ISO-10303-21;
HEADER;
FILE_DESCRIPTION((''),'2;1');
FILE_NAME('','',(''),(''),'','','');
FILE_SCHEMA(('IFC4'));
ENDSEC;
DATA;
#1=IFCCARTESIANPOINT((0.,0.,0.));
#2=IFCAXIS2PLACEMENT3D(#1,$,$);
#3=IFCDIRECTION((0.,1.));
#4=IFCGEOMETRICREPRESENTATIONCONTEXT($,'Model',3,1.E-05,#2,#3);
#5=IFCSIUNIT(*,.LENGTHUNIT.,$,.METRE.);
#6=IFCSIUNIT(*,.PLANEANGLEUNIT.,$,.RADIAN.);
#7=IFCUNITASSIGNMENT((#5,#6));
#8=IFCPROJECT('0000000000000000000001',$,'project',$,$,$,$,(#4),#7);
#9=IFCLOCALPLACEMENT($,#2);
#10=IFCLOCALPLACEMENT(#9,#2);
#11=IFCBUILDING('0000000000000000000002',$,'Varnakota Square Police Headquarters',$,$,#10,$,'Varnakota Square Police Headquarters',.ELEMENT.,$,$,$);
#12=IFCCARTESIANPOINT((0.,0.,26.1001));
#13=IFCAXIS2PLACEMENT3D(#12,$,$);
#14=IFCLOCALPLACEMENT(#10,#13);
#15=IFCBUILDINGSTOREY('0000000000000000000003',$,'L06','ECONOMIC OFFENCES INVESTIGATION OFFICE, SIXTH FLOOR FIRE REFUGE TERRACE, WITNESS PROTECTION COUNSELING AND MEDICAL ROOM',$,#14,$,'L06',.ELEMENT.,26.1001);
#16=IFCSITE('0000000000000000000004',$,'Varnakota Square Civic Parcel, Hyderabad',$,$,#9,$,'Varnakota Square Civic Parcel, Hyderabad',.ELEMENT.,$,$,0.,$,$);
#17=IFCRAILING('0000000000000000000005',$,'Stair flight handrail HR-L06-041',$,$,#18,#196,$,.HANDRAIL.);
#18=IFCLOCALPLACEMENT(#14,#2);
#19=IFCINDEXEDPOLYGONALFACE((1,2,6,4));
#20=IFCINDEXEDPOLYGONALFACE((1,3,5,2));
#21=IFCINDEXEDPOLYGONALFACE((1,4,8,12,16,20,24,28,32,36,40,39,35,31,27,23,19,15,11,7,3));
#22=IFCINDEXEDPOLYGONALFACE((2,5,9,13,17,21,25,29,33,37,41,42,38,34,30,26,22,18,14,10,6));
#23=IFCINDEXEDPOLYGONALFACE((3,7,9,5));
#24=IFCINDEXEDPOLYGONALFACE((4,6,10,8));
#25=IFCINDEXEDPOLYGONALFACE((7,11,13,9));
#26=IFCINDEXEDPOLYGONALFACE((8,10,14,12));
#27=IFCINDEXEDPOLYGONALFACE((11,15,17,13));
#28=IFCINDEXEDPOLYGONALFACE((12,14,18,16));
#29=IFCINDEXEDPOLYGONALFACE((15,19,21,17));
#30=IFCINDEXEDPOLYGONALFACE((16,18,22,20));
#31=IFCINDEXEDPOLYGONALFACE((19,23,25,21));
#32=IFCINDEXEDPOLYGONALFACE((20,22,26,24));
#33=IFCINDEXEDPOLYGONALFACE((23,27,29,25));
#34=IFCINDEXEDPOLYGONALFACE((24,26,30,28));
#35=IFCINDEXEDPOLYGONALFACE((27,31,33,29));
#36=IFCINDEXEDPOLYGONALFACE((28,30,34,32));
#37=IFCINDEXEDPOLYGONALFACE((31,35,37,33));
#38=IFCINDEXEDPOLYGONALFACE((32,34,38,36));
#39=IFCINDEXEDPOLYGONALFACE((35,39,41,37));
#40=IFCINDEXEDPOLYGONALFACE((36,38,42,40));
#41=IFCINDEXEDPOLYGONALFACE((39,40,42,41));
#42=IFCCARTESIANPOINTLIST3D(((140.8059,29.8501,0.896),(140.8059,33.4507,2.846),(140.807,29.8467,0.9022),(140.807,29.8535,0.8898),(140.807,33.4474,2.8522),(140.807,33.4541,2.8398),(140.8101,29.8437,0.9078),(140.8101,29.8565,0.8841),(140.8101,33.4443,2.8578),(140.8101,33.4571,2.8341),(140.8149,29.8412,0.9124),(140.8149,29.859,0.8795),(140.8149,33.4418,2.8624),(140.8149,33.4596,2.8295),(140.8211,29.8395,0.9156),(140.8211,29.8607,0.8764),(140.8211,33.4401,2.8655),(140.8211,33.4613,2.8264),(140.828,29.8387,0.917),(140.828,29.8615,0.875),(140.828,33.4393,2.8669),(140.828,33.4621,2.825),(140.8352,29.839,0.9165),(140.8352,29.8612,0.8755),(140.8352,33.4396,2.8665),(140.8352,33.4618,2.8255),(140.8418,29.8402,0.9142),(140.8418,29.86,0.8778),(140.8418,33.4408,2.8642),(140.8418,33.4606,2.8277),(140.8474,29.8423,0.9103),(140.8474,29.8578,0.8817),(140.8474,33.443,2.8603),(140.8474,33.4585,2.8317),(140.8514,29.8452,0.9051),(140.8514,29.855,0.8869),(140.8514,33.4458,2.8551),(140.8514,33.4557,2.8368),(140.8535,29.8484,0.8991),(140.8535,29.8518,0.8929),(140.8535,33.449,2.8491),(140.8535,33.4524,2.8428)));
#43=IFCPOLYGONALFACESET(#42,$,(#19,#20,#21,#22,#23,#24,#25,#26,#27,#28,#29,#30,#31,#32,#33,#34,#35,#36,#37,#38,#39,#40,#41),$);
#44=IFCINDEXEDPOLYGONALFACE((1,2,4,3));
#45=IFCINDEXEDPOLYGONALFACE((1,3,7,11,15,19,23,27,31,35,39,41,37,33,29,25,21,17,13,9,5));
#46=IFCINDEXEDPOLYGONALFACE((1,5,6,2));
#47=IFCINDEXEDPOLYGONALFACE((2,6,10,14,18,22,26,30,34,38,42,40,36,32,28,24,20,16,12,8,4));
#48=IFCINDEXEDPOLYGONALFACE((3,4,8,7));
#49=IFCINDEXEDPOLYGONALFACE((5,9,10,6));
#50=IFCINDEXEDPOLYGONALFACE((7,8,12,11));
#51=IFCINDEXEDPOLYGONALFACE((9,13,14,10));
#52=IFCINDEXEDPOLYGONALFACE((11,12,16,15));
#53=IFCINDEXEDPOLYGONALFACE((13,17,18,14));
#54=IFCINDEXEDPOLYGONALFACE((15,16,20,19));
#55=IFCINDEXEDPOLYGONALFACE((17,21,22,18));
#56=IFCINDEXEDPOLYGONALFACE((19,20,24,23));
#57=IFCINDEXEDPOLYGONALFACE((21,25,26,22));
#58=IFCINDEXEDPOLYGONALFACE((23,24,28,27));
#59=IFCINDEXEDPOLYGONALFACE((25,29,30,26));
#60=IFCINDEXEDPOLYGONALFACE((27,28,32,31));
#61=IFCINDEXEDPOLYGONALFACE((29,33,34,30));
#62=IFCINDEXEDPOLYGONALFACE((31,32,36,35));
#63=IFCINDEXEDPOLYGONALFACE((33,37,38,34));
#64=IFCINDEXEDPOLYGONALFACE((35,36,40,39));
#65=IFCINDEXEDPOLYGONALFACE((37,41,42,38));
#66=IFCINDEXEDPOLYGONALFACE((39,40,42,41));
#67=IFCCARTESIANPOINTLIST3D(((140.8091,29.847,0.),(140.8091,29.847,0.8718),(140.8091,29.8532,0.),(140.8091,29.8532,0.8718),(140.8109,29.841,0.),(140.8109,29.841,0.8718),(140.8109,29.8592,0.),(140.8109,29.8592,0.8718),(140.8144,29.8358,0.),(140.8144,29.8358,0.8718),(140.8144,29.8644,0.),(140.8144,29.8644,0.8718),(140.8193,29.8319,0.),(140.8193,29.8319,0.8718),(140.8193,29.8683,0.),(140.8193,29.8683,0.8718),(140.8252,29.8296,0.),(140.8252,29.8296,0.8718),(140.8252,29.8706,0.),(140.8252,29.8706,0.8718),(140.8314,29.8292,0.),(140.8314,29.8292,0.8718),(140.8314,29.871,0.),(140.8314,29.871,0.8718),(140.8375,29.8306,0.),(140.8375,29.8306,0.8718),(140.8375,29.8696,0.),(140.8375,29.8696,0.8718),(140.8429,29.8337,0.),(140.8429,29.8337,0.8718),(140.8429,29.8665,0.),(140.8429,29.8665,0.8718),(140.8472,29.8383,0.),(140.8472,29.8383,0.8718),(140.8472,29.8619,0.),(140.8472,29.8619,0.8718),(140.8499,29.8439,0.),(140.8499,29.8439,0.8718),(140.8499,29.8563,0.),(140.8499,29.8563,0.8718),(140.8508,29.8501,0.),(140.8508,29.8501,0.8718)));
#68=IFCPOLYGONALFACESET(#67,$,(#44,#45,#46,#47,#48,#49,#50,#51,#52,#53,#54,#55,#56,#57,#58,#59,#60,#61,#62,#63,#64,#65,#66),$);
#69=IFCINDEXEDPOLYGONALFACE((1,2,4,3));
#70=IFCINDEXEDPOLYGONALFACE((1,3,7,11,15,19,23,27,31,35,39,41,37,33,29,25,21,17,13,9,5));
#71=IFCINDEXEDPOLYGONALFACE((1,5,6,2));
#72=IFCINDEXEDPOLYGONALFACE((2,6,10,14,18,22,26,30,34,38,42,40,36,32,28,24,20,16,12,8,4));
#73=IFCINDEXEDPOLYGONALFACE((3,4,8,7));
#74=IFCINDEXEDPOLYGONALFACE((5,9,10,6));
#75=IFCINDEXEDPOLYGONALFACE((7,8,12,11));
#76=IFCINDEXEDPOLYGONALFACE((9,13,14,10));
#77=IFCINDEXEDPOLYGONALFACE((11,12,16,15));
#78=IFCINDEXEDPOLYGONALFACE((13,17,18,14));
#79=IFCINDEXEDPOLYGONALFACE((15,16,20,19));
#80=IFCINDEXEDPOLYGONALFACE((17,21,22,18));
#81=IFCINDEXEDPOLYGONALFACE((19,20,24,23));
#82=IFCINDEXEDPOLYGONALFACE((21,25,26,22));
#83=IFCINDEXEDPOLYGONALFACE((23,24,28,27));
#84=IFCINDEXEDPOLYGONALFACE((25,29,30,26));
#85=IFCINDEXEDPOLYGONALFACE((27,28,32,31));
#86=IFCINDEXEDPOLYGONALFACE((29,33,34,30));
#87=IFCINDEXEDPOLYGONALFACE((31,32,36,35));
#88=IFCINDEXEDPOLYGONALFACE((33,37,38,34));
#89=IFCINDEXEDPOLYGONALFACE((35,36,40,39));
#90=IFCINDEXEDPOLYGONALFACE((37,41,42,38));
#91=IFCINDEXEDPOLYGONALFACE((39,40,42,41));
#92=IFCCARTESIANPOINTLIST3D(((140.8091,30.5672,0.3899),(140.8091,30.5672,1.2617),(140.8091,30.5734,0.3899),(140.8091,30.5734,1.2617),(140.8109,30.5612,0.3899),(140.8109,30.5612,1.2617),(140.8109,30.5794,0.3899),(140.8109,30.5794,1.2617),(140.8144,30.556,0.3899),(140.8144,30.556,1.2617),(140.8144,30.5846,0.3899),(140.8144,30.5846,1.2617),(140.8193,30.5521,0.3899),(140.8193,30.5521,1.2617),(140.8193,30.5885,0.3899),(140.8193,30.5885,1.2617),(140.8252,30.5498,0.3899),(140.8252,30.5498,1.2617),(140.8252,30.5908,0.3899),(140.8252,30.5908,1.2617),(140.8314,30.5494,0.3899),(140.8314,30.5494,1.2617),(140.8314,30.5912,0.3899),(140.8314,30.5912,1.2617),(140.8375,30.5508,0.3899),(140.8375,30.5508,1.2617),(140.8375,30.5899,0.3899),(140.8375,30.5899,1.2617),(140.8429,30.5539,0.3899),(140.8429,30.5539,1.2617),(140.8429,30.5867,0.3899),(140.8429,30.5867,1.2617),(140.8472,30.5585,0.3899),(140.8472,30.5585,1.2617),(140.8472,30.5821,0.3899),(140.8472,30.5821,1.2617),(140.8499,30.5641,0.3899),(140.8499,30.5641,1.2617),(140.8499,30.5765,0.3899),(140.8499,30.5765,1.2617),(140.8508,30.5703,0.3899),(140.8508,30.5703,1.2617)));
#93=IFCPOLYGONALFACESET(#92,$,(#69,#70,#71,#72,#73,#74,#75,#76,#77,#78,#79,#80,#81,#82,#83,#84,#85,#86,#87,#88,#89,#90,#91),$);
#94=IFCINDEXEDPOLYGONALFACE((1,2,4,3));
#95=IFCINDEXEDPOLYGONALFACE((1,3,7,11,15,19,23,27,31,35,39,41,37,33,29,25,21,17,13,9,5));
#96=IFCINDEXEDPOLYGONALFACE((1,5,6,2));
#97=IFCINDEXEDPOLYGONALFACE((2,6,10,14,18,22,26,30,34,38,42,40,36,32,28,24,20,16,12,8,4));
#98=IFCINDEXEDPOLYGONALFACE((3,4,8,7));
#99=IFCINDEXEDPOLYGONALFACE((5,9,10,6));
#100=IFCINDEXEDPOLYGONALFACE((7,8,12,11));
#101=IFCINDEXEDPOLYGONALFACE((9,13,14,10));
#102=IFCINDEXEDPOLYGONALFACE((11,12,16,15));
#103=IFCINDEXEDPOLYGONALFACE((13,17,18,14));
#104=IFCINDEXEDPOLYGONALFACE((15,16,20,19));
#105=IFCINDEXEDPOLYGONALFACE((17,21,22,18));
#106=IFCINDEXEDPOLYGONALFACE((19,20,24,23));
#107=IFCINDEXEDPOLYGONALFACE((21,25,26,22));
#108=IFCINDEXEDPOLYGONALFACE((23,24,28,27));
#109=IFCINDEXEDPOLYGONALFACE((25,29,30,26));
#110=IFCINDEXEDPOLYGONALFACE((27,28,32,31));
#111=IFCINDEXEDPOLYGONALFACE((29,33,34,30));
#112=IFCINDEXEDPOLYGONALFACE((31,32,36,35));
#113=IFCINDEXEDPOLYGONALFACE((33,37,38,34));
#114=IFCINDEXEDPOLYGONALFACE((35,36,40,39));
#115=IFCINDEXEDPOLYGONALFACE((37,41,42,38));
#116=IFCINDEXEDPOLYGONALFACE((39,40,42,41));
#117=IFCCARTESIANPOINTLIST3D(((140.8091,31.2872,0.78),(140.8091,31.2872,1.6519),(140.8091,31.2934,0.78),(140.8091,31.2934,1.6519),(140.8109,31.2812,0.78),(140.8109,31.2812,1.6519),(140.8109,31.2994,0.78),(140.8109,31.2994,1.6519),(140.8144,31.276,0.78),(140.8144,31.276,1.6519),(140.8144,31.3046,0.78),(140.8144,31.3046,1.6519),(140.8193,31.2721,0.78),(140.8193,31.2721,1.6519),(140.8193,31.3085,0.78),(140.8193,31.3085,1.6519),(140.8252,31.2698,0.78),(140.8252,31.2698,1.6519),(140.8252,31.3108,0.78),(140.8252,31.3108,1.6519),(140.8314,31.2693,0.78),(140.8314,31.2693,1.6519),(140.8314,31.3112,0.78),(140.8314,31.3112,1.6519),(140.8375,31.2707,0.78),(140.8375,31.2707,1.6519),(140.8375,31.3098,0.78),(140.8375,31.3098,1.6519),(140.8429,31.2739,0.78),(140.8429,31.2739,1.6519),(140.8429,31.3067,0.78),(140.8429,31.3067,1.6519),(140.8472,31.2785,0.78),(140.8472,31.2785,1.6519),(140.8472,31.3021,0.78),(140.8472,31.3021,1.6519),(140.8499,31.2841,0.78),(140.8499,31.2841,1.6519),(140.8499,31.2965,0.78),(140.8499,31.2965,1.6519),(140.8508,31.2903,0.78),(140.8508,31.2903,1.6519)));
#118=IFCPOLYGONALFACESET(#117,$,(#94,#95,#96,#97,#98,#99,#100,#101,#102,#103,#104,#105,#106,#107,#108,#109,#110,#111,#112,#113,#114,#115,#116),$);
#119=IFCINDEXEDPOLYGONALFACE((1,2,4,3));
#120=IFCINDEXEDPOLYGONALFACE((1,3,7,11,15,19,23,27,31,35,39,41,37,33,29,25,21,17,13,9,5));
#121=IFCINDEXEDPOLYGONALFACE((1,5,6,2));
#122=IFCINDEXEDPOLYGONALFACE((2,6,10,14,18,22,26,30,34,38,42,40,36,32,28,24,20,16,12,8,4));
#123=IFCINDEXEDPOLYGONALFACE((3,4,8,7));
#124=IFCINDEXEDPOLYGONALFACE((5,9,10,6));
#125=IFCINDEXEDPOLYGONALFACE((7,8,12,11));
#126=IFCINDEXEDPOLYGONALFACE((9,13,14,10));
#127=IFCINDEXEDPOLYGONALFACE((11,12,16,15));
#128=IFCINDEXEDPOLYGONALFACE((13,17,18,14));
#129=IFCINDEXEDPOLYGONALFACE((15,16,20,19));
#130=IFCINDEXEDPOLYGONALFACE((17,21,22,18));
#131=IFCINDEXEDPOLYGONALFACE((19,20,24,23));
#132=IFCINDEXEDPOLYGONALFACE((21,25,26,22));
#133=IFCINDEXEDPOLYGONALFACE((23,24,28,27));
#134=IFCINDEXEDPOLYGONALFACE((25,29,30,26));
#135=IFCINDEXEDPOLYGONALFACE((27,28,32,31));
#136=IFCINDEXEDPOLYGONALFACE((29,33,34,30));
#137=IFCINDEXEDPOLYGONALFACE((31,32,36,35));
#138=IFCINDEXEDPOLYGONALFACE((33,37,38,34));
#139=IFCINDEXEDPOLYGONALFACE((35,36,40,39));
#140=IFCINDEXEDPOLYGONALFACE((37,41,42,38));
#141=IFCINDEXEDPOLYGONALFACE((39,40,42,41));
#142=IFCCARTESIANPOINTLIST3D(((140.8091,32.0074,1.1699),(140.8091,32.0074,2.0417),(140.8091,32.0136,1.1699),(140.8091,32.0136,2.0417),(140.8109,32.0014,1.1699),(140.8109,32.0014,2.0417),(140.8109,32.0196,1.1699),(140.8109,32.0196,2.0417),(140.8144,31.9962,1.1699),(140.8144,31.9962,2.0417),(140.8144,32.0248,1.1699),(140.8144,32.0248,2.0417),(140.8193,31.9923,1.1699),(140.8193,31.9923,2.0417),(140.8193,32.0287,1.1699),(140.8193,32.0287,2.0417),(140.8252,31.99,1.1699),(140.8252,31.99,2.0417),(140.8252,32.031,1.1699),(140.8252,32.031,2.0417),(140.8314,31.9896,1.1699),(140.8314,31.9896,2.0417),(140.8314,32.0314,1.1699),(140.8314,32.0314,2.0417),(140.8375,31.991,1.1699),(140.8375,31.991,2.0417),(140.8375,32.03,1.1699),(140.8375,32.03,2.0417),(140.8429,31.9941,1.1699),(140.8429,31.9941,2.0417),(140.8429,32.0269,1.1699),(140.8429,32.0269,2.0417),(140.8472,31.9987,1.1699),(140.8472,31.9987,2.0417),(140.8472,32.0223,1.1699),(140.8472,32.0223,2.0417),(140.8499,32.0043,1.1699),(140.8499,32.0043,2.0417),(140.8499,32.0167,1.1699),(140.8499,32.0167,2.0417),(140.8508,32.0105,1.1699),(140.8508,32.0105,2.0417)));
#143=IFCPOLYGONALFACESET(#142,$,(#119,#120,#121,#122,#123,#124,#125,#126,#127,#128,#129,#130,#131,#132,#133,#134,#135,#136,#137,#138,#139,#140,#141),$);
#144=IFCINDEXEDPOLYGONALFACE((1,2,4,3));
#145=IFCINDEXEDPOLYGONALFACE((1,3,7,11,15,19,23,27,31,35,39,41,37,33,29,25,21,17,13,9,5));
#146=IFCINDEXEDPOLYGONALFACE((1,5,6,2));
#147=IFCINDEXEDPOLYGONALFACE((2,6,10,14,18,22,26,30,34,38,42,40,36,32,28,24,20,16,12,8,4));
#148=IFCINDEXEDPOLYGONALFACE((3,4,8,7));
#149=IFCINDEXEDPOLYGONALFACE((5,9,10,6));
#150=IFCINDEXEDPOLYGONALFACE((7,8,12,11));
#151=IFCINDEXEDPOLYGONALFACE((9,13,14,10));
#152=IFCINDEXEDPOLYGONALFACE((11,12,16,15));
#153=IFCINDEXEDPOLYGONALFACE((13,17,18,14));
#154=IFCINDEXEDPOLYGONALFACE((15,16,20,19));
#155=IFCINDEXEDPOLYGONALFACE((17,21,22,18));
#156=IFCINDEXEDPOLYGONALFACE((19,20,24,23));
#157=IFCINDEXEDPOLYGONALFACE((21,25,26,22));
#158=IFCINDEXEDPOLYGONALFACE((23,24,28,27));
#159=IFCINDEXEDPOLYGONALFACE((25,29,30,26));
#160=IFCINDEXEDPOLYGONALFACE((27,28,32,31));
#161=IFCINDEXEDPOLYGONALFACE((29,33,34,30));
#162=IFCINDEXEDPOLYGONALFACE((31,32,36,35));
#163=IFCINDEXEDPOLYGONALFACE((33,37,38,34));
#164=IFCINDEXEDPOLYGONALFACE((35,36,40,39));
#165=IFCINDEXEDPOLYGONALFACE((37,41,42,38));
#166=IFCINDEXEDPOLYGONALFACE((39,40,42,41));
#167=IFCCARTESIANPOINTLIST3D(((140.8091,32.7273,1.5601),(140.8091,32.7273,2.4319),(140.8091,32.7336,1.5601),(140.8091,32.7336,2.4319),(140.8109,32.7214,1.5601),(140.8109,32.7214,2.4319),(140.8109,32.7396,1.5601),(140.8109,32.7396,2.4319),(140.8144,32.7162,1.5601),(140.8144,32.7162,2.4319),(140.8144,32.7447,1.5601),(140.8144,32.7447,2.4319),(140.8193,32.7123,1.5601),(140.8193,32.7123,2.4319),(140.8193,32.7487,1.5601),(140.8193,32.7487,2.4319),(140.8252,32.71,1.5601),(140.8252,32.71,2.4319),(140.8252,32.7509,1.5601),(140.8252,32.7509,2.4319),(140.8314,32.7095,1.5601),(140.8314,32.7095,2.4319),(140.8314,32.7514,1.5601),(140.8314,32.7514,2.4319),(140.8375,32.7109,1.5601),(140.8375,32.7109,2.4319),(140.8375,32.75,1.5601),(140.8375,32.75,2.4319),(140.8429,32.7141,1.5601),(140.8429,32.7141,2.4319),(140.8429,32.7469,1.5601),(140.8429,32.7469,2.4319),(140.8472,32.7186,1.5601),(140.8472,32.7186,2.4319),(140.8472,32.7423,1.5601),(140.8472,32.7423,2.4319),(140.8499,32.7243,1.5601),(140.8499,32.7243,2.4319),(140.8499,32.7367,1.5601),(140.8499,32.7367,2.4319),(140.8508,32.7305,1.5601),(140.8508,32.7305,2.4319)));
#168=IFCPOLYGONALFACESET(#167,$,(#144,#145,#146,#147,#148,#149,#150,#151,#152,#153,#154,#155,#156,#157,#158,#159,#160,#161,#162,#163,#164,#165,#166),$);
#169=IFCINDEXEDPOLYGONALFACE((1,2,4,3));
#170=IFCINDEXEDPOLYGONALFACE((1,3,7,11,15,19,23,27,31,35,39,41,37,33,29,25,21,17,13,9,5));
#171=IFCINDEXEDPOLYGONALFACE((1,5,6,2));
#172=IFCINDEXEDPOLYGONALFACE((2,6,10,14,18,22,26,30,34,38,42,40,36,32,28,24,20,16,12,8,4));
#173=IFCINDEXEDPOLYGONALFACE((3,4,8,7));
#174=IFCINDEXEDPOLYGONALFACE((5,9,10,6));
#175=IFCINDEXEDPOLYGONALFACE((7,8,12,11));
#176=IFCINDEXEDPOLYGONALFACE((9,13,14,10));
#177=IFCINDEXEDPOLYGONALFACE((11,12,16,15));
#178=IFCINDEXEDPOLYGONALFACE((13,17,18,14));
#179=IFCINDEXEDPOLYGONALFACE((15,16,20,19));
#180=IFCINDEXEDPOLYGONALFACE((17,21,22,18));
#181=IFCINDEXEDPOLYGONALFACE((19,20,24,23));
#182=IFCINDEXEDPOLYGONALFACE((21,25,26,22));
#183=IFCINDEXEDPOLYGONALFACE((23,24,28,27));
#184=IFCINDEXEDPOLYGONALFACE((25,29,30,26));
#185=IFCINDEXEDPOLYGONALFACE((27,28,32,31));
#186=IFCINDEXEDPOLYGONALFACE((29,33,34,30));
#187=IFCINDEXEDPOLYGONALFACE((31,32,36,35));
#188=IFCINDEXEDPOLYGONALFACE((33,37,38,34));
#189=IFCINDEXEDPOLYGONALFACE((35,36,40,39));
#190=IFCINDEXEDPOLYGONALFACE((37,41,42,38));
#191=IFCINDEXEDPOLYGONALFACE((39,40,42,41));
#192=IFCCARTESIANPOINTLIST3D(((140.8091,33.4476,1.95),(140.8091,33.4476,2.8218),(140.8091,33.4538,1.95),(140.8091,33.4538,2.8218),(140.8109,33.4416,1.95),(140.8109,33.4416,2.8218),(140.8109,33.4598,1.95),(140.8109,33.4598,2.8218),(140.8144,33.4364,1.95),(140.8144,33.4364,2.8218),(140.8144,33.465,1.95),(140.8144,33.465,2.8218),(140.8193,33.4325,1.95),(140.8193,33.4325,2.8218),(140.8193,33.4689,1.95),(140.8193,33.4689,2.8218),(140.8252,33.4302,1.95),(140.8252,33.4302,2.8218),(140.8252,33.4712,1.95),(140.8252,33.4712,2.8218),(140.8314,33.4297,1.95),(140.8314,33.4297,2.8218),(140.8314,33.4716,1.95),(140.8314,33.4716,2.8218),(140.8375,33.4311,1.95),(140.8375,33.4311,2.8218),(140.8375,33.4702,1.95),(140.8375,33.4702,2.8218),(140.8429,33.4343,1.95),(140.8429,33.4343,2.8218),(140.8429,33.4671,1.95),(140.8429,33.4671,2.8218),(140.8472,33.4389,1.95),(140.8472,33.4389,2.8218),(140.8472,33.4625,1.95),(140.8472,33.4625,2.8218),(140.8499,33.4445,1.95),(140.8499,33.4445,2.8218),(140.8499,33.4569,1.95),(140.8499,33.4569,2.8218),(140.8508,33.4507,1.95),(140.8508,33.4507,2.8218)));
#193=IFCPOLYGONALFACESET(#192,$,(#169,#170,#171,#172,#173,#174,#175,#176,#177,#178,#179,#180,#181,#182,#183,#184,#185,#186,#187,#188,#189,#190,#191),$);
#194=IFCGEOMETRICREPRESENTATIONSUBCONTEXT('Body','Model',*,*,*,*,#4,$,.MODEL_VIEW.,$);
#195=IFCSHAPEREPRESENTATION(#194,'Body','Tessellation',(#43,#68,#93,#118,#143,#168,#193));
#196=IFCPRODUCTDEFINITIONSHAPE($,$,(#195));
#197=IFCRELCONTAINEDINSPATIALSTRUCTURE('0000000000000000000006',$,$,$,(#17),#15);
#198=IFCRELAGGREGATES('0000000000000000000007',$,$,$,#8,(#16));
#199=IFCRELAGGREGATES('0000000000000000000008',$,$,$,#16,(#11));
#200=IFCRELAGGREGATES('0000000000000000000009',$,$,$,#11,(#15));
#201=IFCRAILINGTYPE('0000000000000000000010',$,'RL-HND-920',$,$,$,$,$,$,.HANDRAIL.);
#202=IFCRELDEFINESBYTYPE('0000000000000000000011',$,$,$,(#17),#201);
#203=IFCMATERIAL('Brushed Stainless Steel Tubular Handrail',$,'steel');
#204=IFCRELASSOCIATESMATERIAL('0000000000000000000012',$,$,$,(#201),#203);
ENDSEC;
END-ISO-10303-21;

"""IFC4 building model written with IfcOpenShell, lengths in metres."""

from ifc_helpers import new_model, si_unit, direction, frame, origin, origin_2d, place, context, subcontext, project, spatial, circle, extrude, material, type_object, element, save


model = new_model("IFC4")

# Units and contexts
model_context = context("Model", 3, precision=1e-05, world=origin(), true_north=direction((0.0, 1.0)))
body_context = subcontext(model_context, "Body", "Model", "MODEL_VIEW")
ifc_project = project(units=[si_unit("LENGTHUNIT", "METRE"), si_unit("PLANEANGLEUNIT", "RADIAN")], contexts=[model_context])

# Site, building, storey
site_placement = place(None, origin())
site = spatial("IfcSite", under=ifc_project, at=site_placement, Name="Varnakota Square Civic Parcel, Hyderabad", LongName="Varnakota Square Civic Parcel, Hyderabad", CompositionType="ELEMENT", RefElevation=0.0)
building_placement = place(site_placement, origin())
building = spatial("IfcBuilding", under=site, at=building_placement, Name="Varnakota Square Police Headquarters", LongName="Varnakota Square Police Headquarters", CompositionType="ELEMENT")
storey_placement = place(building_placement, frame((0.0, 0.0, 26.1001)))
storey = spatial("IfcBuildingStorey", under=building, at=storey_placement, Name="L06", Description="ECONOMIC OFFENCES INVESTIGATION OFFICE, SIXTH FLOOR FIRE REFUGE TERRACE, WITNESS PROTECTION COUNSELING AND MEDICAL ROOM", LongName="L06", CompositionType="ELEMENT", Elevation=26.1001)

# Railing
ifc_material_1 = material(Name="Brushed Stainless Steel Tubular Handrail", Category="steel")
railing_type_1 = type_object("IfcRailingType", Name="RL-HND-920", PredefinedType="HANDRAIL", material=ifc_material_1)
railing_1_placement = place(storey_placement, frame((140.8298, 29.8501, 0.0)))
element("IfcRailing", 1, at=railing_1_placement, inside=storey, type_object=railing_type_1, Name="Stair flight handrail HR-L06-041", PredefinedType="HANDRAIL", context=body_context, shape_type="SweptSolid", body=[
    extrude(circle(Radius=0.0239, at=origin_2d()), frame((0.0, 0.0, 0.896), z_axis=(0.0, 0.879329, 0.476214), x_axis=(-1.0, 0.0, 0.0)), (0.0, 0.0, 1.0), 4.0947),
    extrude(circle(Radius=0.021, at=origin_2d()), origin(), (0.0, 0.0, 1.0), 0.8718),
    extrude(circle(Radius=0.021, at=origin_2d()), frame((0.0, 0.7202, 0.3899)), (0.0, 0.0, 1.0), 0.8718),
    extrude(circle(Radius=0.021, at=origin_2d()), frame((0.0, 1.4402, 0.78)), (0.0, 0.0, 1.0), 0.8718),
    extrude(circle(Radius=0.021, at=origin_2d()), frame((0.0, 2.1604, 1.1699)), (0.0, 0.0, 1.0), 0.8718),
    extrude(circle(Radius=0.021, at=origin_2d()), frame((0.0, 2.8804, 1.5601)), (0.0, 0.0, 1.0), 0.8718),
    extrude(circle(Radius=0.021, at=origin_2d()), frame((0.0, 3.6006, 1.95)), (0.0, 0.0, 1.0), 0.8718),
])

save(model, "model.ifc")
